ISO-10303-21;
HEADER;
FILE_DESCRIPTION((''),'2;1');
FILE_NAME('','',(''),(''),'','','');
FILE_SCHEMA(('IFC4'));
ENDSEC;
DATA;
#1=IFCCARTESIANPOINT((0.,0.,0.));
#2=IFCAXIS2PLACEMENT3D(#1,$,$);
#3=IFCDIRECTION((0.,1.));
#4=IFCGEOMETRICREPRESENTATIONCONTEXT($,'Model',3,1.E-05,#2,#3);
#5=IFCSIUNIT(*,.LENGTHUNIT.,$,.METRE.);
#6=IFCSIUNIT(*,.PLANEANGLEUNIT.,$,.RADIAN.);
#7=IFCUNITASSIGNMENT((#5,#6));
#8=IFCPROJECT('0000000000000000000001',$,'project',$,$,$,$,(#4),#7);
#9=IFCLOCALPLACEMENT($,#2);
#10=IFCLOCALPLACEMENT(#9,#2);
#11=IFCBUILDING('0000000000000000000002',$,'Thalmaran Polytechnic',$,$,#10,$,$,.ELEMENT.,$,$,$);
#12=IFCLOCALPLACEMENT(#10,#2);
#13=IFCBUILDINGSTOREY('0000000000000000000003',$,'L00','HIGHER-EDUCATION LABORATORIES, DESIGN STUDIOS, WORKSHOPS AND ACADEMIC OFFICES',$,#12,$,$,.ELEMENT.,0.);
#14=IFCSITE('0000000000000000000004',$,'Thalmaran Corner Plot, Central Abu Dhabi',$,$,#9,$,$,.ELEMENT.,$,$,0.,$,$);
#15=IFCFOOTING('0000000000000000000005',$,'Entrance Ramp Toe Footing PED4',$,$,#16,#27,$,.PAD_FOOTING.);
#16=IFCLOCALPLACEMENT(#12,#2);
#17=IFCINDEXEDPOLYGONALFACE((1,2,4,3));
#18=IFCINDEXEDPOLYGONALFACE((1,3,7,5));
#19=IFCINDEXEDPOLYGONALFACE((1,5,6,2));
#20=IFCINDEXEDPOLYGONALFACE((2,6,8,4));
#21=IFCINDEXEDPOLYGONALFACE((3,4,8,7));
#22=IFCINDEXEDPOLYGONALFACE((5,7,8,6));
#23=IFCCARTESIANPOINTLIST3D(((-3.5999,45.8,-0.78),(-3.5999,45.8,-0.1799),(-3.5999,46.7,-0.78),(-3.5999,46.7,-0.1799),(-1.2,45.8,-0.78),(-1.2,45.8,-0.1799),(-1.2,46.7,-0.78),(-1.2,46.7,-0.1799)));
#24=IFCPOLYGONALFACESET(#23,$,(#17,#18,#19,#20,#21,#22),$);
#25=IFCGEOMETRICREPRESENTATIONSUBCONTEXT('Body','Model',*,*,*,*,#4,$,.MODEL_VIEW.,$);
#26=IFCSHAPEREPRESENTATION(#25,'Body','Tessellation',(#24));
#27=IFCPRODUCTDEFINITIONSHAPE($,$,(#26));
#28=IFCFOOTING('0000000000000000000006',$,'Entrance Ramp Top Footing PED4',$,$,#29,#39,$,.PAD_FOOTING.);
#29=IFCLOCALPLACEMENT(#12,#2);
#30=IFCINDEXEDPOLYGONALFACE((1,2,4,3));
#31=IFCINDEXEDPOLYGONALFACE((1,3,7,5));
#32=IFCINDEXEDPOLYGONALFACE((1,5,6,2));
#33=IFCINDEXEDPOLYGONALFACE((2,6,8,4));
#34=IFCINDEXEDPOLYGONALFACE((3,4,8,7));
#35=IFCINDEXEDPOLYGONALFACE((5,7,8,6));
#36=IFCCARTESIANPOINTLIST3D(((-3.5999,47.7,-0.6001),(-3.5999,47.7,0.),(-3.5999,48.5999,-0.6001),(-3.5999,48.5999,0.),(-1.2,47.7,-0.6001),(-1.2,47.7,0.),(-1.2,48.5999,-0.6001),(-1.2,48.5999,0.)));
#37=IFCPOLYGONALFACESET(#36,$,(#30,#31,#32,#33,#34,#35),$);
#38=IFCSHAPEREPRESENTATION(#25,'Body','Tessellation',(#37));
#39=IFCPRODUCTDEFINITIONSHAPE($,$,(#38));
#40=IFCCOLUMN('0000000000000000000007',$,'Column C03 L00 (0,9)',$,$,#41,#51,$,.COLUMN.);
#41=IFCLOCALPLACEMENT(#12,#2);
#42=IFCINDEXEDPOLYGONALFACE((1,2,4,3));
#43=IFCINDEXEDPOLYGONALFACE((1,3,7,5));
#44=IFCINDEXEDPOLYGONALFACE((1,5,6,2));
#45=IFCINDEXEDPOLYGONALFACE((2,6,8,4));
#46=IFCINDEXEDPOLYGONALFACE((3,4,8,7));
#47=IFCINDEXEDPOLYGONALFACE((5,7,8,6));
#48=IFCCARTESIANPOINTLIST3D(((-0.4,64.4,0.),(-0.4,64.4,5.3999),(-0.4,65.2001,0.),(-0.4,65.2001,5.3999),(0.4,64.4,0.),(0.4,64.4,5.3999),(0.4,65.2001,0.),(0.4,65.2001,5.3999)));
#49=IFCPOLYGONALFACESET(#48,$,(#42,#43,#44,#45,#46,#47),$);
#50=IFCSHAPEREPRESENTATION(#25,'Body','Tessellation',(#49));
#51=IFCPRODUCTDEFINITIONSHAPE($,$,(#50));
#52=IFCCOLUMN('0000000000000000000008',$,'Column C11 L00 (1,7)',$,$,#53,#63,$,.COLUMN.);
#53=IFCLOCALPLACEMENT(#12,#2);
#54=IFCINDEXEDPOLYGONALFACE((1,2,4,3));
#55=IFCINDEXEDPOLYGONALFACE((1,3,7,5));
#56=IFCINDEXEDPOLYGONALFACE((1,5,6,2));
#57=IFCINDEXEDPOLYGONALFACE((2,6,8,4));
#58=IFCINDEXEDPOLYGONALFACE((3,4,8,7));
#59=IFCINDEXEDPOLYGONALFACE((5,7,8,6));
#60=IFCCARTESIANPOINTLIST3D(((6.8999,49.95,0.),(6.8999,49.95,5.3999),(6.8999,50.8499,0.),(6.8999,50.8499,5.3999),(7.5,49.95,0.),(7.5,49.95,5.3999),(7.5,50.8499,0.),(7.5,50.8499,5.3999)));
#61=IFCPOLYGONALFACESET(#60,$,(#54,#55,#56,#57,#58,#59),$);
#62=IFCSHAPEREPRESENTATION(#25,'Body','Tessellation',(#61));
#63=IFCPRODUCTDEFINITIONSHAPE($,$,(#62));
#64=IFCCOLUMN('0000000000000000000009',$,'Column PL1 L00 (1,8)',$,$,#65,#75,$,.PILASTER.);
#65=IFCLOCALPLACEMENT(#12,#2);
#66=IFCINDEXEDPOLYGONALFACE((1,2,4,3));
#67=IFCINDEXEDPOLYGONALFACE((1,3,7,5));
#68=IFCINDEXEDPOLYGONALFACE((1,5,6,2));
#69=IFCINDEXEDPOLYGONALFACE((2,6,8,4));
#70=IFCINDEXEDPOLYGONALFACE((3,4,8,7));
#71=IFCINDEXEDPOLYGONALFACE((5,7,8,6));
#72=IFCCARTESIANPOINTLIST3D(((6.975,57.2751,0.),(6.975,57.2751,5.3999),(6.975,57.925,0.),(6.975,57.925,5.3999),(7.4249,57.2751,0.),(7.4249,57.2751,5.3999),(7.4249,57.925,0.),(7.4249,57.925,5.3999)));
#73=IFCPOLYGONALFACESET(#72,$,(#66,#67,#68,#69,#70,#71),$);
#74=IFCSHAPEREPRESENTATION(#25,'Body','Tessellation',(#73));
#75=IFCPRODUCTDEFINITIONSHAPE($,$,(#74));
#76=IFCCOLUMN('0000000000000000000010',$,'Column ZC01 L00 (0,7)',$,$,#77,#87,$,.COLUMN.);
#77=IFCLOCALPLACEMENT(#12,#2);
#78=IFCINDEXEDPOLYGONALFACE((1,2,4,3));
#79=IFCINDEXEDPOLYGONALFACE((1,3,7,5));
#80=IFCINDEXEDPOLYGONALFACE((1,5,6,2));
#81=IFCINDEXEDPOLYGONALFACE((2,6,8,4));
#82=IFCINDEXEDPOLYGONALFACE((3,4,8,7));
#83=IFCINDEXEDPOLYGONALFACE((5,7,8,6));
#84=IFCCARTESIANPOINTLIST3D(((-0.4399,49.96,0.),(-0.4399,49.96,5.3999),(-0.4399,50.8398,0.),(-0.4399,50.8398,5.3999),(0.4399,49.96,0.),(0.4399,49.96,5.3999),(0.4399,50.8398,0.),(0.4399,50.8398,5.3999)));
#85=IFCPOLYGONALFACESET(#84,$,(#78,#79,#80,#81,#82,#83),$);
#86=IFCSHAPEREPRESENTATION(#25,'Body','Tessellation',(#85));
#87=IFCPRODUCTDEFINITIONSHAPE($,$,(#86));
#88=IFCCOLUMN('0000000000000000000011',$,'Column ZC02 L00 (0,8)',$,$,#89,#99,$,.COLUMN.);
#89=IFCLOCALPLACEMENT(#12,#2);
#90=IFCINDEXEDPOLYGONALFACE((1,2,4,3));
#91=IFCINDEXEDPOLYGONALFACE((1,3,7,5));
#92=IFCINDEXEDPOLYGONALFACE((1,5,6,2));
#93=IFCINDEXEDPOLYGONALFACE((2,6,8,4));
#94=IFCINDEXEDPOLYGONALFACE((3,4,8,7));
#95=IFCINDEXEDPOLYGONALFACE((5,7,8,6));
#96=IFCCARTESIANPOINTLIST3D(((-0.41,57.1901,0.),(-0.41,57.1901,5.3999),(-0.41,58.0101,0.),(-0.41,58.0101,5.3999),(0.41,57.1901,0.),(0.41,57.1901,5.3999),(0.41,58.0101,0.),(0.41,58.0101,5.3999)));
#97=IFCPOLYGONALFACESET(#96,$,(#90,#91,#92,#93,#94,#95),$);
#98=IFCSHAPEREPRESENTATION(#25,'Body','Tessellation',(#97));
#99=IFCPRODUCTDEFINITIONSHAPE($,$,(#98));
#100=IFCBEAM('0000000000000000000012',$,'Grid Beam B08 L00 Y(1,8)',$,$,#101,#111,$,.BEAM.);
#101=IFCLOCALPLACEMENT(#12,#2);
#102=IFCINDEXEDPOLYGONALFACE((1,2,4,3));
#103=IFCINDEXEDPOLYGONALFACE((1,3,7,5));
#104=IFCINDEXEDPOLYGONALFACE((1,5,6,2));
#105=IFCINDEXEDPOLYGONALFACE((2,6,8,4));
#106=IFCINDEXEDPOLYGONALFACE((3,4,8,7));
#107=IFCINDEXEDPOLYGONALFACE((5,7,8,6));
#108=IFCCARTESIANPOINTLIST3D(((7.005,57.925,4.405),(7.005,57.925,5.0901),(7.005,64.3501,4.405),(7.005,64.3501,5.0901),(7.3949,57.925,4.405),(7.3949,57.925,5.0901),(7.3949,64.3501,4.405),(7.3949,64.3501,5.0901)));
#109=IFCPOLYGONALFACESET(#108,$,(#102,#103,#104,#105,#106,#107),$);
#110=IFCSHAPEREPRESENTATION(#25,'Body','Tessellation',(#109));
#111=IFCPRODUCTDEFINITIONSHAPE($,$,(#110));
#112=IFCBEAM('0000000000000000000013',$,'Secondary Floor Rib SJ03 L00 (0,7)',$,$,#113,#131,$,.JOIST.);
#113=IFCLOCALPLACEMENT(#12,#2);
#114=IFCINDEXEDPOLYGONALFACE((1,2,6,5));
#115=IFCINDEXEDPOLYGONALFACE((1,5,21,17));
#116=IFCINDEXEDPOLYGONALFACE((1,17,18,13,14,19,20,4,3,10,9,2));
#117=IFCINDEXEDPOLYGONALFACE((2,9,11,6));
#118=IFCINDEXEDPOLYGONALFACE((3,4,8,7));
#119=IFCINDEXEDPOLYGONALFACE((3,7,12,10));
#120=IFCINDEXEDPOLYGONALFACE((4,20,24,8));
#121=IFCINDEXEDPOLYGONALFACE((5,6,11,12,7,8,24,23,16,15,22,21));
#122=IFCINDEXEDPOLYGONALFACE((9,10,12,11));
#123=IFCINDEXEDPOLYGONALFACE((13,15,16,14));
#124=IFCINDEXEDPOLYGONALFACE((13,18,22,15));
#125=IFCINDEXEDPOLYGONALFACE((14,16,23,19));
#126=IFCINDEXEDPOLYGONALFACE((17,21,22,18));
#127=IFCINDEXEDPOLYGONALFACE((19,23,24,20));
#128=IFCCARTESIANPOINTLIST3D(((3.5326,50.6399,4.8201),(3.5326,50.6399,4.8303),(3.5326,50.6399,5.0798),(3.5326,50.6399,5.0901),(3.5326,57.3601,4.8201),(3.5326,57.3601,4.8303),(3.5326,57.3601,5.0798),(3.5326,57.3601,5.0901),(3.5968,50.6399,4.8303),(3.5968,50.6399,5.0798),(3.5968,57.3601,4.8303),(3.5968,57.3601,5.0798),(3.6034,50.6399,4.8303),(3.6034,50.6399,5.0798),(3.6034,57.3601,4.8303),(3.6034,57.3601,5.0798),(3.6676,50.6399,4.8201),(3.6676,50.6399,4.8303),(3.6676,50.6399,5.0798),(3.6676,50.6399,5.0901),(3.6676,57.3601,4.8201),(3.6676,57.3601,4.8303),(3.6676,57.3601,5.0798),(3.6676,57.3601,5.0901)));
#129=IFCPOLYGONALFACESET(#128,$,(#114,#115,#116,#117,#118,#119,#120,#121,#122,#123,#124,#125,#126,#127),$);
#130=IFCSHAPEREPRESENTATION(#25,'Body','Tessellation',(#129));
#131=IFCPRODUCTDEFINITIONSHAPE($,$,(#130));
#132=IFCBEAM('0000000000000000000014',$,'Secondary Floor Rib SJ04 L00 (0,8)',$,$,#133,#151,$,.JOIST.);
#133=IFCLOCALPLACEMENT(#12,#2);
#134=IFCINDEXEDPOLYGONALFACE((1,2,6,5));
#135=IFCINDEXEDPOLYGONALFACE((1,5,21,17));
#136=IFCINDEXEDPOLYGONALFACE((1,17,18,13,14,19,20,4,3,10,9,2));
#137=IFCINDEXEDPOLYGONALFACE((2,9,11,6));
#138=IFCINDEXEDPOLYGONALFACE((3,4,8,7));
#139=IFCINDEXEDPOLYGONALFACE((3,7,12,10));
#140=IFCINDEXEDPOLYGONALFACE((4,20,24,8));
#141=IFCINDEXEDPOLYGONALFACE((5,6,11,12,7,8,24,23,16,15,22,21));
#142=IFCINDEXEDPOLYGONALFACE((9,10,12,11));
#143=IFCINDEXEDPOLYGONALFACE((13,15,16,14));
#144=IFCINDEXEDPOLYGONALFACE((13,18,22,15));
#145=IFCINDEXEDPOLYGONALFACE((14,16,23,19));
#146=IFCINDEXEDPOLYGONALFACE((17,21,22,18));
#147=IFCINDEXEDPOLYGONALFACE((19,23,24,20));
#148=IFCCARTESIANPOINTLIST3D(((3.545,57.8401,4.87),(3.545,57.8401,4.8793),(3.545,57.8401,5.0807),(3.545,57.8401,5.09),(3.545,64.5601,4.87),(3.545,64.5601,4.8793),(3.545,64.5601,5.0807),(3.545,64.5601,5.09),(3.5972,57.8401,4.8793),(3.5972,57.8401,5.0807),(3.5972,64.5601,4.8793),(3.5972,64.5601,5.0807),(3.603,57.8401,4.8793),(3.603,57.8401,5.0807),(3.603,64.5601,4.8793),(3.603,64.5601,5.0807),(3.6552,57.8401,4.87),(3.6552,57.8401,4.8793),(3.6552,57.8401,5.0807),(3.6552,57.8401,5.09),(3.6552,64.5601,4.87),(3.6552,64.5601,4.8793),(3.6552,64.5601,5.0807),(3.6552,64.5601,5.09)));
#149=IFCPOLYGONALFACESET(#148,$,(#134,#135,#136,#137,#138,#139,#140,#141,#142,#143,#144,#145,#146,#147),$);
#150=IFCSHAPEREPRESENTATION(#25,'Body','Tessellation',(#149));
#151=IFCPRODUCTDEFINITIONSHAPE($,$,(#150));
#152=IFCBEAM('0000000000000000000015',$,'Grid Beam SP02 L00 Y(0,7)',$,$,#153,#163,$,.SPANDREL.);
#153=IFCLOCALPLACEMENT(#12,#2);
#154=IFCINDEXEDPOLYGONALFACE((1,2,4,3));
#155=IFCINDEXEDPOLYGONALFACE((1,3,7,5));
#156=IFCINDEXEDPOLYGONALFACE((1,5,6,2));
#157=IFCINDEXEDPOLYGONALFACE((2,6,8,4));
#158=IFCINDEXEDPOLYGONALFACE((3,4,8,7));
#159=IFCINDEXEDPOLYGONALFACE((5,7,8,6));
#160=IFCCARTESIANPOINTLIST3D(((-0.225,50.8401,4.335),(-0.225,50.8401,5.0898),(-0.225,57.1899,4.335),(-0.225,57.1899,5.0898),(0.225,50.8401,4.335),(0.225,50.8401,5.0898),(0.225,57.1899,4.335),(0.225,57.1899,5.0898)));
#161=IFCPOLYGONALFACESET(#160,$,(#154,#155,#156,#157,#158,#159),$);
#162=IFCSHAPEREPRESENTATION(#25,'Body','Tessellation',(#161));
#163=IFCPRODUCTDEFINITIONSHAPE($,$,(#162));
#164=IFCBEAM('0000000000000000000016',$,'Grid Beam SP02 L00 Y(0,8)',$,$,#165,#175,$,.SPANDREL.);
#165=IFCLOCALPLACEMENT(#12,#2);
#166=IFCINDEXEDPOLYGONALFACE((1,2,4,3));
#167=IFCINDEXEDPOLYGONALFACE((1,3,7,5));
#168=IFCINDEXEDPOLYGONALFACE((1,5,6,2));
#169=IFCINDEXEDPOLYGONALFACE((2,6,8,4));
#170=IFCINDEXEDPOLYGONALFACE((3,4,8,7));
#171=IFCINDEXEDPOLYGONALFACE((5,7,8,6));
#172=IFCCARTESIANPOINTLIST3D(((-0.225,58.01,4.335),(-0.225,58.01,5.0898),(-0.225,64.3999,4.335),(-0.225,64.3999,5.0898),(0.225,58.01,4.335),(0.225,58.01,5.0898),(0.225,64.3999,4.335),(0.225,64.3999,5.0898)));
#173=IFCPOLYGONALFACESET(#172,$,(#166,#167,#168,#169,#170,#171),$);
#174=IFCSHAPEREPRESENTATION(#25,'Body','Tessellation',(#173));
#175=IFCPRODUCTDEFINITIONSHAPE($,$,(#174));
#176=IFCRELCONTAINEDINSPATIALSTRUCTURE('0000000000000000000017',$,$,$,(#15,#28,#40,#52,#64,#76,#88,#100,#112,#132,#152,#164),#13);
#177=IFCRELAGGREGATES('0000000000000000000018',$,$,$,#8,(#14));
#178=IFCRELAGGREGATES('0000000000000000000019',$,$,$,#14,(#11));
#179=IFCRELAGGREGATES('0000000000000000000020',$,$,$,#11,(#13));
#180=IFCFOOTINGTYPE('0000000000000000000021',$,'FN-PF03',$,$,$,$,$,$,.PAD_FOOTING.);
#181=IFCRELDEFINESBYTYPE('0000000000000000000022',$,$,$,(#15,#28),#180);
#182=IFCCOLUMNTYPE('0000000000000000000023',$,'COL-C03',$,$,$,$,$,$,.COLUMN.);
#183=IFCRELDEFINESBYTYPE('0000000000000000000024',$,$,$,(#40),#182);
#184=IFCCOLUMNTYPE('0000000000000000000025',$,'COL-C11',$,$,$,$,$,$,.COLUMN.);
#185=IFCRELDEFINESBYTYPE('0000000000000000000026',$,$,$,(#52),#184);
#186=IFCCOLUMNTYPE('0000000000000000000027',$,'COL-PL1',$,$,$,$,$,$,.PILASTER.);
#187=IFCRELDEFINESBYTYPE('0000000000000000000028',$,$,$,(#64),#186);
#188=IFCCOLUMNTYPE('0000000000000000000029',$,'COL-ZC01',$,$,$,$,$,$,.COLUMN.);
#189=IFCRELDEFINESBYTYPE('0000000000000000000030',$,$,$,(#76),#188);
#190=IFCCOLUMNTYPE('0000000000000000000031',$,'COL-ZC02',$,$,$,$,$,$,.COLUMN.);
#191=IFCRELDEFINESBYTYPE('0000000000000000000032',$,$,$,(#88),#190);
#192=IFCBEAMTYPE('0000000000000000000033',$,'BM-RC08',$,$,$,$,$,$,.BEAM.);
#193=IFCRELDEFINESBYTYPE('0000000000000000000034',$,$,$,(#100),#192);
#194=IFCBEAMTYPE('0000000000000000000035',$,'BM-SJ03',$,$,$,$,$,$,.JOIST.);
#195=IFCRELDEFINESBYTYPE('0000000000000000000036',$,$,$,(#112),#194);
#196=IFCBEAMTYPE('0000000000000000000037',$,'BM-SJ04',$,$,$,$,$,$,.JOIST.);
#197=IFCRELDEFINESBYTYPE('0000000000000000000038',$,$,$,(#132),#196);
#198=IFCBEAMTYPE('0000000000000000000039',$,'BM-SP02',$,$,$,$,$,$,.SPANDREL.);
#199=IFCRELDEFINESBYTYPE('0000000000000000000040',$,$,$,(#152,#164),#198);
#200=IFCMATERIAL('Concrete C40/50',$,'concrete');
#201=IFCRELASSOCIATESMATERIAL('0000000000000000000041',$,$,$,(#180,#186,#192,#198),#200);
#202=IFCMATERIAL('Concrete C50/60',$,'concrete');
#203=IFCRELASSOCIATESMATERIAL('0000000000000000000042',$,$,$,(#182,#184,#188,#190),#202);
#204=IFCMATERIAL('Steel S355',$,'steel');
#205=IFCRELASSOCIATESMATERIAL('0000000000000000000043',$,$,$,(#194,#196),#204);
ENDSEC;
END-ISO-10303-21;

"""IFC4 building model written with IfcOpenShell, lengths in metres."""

from ifc_helpers import new_model, si_unit, direction, frame, origin, origin_2d, place, context, subcontext, project, spatial, rectangle, i_section, extrude, material, material_profile, profile_set, type_object, element, save


model = new_model("IFC4")

# Units and contexts
model_context = context("Model", 3, precision=1e-05, world=origin(), true_north=direction((0.0, 1.0)))
body_context = subcontext(model_context, "Body", "Model", "MODEL_VIEW")
ifc_project = project(units=[si_unit("LENGTHUNIT", "METRE"), si_unit("PLANEANGLEUNIT", "RADIAN")], contexts=[model_context])

# Site, building, storey
site_placement = place(None, origin())
site = spatial("IfcSite", under=ifc_project, at=site_placement, Name="Thalmaran Corner Plot, Central Abu Dhabi", CompositionType="ELEMENT", RefElevation=0.0)
building_placement = place(site_placement, origin())
building = spatial("IfcBuilding", under=site, at=building_placement, Name="Thalmaran Polytechnic", CompositionType="ELEMENT")
storey_placement = place(building_placement, origin())
storey = spatial("IfcBuildingStorey", under=building, at=storey_placement, Name="L00", Description="HIGHER-EDUCATION LABORATORIES, DESIGN STUDIOS, WORKSHOPS AND ACADEMIC OFFICES", CompositionType="ELEMENT", Elevation=0.0)

# Footings
ifc_material_1 = material(Name="Concrete C40/50", Category="concrete")
footing_type = type_object("IfcFootingType", Name="FN-PF03", PredefinedType="PAD_FOOTING", material=ifc_material_1)
for number, where, z_axis, x_axis, name in (
    (1, (-2.3999, 46.25, -0.78), (0.0, 0.0, 1.0), (1.0, 0.0, 0.0), "Entrance Ramp Toe Footing PED4"),
    (2, (-2.3999, 48.1499, -0.6001), (0.0, 0.0, 1.0), (1.0, 0.0, 0.0), "Entrance Ramp Top Footing PED4"),
):
    element("IfcFooting", number, at=place(storey_placement, frame(where, z_axis=z_axis, x_axis=x_axis)), inside=storey, type_object=footing_type, Name=name, PredefinedType="PAD_FOOTING", context=body_context, shape_type="SweptSolid", body=[
        extrude(rectangle(XDim=2.3999, YDim=0.8999, at=origin_2d()), origin(), (0.0, 0.0, 1.0), 0.6001),
    ])

# Columns
ifc_material_2 = material(Name="Concrete C50/60", Category="concrete")
ifc_material_profile_1 = material_profile(ifc_material_2, rectangle(XDim=0.8, YDim=0.8, at=origin_2d()), Name="RC 800x800")
ifc_profile_set_1 = profile_set([ifc_material_profile_1], Name="Concrete C50/60")
column_type_1 = type_object("IfcColumnType", Name="COL-C03", PredefinedType="COLUMN", material=ifc_profile_set_1)
column_1_placement = place(storey_placement, frame((0.0, 64.8, 0.0), z_axis=(0.0, 0.0, 1.0), x_axis=(1.0, 0.0, 0.0)))
element("IfcColumn", 3, at=column_1_placement, inside=storey, type_object=column_type_1, Name="Column C03 L00 (0,9)", PredefinedType="COLUMN", context=body_context, shape_type="SweptSolid", body=[
    extrude(rectangle(XDim=0.8, YDim=0.8, at=origin_2d()), origin(), (0.0, 0.0, 1.0), 5.3999),
])
ifc_material_profile_2 = material_profile(ifc_material_2, rectangle(XDim=0.6001, YDim=0.8999, at=origin_2d()), Name="RC 600x900")
ifc_profile_set_2 = profile_set([ifc_material_profile_2], Name="Concrete C50/60")
column_type_2 = type_object("IfcColumnType", Name="COL-C11", PredefinedType="COLUMN", material=ifc_profile_set_2)
column_2_placement = place(storey_placement, frame((7.2, 50.3999, 0.0), z_axis=(0.0, 0.0, 1.0), x_axis=(1.0, 0.0, 0.0)))
element("IfcColumn", 4, at=column_2_placement, inside=storey, type_object=column_type_2, Name="Column C11 L00 (1,7)", PredefinedType="COLUMN", context=body_context, shape_type="SweptSolid", body=[
    extrude(rectangle(XDim=0.6001, YDim=0.8999, at=origin_2d()), origin(), (0.0, 0.0, 1.0), 5.3999),
])
ifc_material_profile_3 = material_profile(ifc_material_1, rectangle(XDim=0.45, YDim=0.6499, at=origin_2d()), Name="RC 450x650")
ifc_profile_set_3 = profile_set([ifc_material_profile_3], Name="Concrete C40/50")
column_type_3 = type_object("IfcColumnType", Name="COL-PL1", PredefinedType="PILASTER", material=ifc_profile_set_3)
column_3_placement = place(storey_placement, frame((7.2, 57.6001, 0.0), z_axis=(0.0, 0.0, 1.0), x_axis=(1.0, 0.0, 0.0)))
element("IfcColumn", 5, at=column_3_placement, inside=storey, type_object=column_type_3, Name="Column PL1 L00 (1,8)", PredefinedType="PILASTER", context=body_context, shape_type="SweptSolid", body=[
    extrude(rectangle(XDim=0.45, YDim=0.6499, at=origin_2d()), origin(), (0.0, 0.0, 1.0), 5.3999),
])
ifc_material_profile_4 = material_profile(ifc_material_2, rectangle(XDim=0.8799, YDim=0.8799, at=origin_2d()), Name="RC 880x880")
ifc_profile_set_4 = profile_set([ifc_material_profile_4], Name="Concrete C50/60")
column_type_4 = type_object("IfcColumnType", Name="COL-ZC01", PredefinedType="COLUMN", material=ifc_profile_set_4)
column_4_placement = place(storey_placement, frame((0.0, 50.3999, 0.0), z_axis=(0.0, 0.0, 1.0), x_axis=(1.0, 0.0, 0.0)))
element("IfcColumn", 6, at=column_4_placement, inside=storey, type_object=column_type_4, Name="Column ZC01 L00 (0,7)", PredefinedType="COLUMN", context=body_context, shape_type="SweptSolid", body=[
    extrude(rectangle(XDim=0.8799, YDim=0.8799, at=origin_2d()), origin(), (0.0, 0.0, 1.0), 5.3999),
])
ifc_material_profile_5 = material_profile(ifc_material_2, rectangle(XDim=0.8201, YDim=0.8201, at=origin_2d()), Name="RC 820x820")
ifc_profile_set_5 = profile_set([ifc_material_profile_5], Name="Concrete C50/60")
column_type_5 = type_object("IfcColumnType", Name="COL-ZC02", PredefinedType="COLUMN", material=ifc_profile_set_5)
column_5_placement = place(storey_placement, frame((0.0, 57.6001, 0.0), z_axis=(0.0, 0.0, 1.0), x_axis=(1.0, 0.0, 0.0)))
element("IfcColumn", 7, at=column_5_placement, inside=storey, type_object=column_type_5, Name="Column ZC02 L00 (0,8)", PredefinedType="COLUMN", context=body_context, shape_type="SweptSolid", body=[
    extrude(rectangle(XDim=0.8201, YDim=0.8201, at=origin_2d()), origin(), (0.0, 0.0, 1.0), 5.3999),
])

# Beams
ifc_material_profile_6 = material_profile(ifc_material_1, rectangle(XDim=0.3899, YDim=0.6851, at=origin_2d()), Name="RC 390x685")
ifc_profile_set_6 = profile_set([ifc_material_profile_6], Name="Concrete C40/50")
beam_type_1 = type_object("IfcBeamType", Name="BM-RC08", PredefinedType="BEAM", material=ifc_profile_set_6)
beam_1_placement = place(storey_placement, frame((7.2, 57.925, 4.7476), z_axis=(0.0, 1.0, 0.0), x_axis=(-1.0, 0.0, 0.0)))
element("IfcBeam", 8, at=beam_1_placement, inside=storey, type_object=beam_type_1, Name="Grid Beam B08 L00 Y(1,8)", PredefinedType="BEAM", context=body_context, shape_type="SweptSolid", body=[
    extrude(rectangle(XDim=0.3899, YDim=0.6851, at=origin_2d()), origin(), (0.0, 0.0, 1.0), 6.425),
])
ifc_material_3 = material(Name="Steel S355", Category="steel")
ifc_material_profile_7 = material_profile(ifc_material_3, i_section(OverallWidth=0.135, OverallDepth=0.27, WebThickness=0.0066, FlangeThickness=0.0103, at=origin_2d()), Name="IPE 270")
ifc_profile_set_7 = profile_set([ifc_material_profile_7], Name="Steel S355")
beam_type_2 = type_object("IfcBeamType", Name="BM-SJ03", PredefinedType="JOIST", material=ifc_profile_set_7)
beam_2_placement = place(storey_placement, frame((3.6001, 50.6399, 4.9551), z_axis=(0.0, 1.0, 0.0), x_axis=(-1.0, 0.0, 0.0)))
element("IfcBeam", 9, at=beam_2_placement, inside=storey, type_object=beam_type_2, Name="Secondary Floor Rib SJ03 L00 (0,7)", PredefinedType="JOIST", context=body_context, shape_type="SweptSolid", body=[
    extrude(i_section(OverallWidth=0.135, OverallDepth=0.27, WebThickness=0.0066, FlangeThickness=0.0103, at=origin_2d()), origin(), (0.0, 0.0, 1.0), 6.7202),
])
ifc_material_profile_8 = material_profile(ifc_material_3, i_section(OverallWidth=0.1101, OverallDepth=0.22, WebThickness=0.0059, FlangeThickness=0.0093, at=origin_2d()), Name="IPE 220")
ifc_profile_set_8 = profile_set([ifc_material_profile_8], Name="Steel S355")
beam_type_3 = type_object("IfcBeamType", Name="BM-SJ04", PredefinedType="JOIST", material=ifc_profile_set_8)
beam_3_placement = place(storey_placement, frame((3.6001, 57.8401, 4.98), z_axis=(0.0, 1.0, 0.0), x_axis=(-1.0, 0.0, 0.0)))
element("IfcBeam", 10, at=beam_3_placement, inside=storey, type_object=beam_type_3, Name="Secondary Floor Rib SJ04 L00 (0,8)", PredefinedType="JOIST", context=body_context, shape_type="SweptSolid", body=[
    extrude(i_section(OverallWidth=0.1101, OverallDepth=0.22, WebThickness=0.0059, FlangeThickness=0.0093, at=origin_2d()), origin(), (0.0, 0.0, 1.0), 6.72),
])
ifc_material_profile_9 = material_profile(ifc_material_1, rectangle(XDim=0.45, YDim=0.7549, at=origin_2d()), Name="RC 450x755")
ifc_profile_set_9 = profile_set([ifc_material_profile_9], Name="Concrete C40/50")
beam_type_4 = type_object("IfcBeamType", Name="BM-SP02", PredefinedType="SPANDREL", material=ifc_profile_set_9)
beam_4_placement = place(storey_placement, frame((0.0, 50.8401, 4.7124), z_axis=(0.0, 1.0, 0.0), x_axis=(-1.0, 0.0, 0.0)))
element("IfcBeam", 11, at=beam_4_placement, inside=storey, type_object=beam_type_4, Name="Grid Beam SP02 L00 Y(0,7)", PredefinedType="SPANDREL", context=body_context, shape_type="SweptSolid", body=[
    extrude(rectangle(XDim=0.45, YDim=0.7549, at=origin_2d()), origin(), (0.0, 0.0, 1.0), 6.3499),
])
beam_5_placement = place(storey_placement, frame((0.0, 58.01, 4.7124), z_axis=(0.0, 1.0, 0.0), x_axis=(-1.0, 0.0, 0.0)))
element("IfcBeam", 12, at=beam_5_placement, inside=storey, type_object=beam_type_4, Name="Grid Beam SP02 L00 Y(0,8)", PredefinedType="SPANDREL", context=body_context, shape_type="SweptSolid", body=[
    extrude(rectangle(XDim=0.45, YDim=0.7549, at=origin_2d()), origin(), (0.0, 0.0, 1.0), 6.3899),
])

save(model, "model.ifc")
